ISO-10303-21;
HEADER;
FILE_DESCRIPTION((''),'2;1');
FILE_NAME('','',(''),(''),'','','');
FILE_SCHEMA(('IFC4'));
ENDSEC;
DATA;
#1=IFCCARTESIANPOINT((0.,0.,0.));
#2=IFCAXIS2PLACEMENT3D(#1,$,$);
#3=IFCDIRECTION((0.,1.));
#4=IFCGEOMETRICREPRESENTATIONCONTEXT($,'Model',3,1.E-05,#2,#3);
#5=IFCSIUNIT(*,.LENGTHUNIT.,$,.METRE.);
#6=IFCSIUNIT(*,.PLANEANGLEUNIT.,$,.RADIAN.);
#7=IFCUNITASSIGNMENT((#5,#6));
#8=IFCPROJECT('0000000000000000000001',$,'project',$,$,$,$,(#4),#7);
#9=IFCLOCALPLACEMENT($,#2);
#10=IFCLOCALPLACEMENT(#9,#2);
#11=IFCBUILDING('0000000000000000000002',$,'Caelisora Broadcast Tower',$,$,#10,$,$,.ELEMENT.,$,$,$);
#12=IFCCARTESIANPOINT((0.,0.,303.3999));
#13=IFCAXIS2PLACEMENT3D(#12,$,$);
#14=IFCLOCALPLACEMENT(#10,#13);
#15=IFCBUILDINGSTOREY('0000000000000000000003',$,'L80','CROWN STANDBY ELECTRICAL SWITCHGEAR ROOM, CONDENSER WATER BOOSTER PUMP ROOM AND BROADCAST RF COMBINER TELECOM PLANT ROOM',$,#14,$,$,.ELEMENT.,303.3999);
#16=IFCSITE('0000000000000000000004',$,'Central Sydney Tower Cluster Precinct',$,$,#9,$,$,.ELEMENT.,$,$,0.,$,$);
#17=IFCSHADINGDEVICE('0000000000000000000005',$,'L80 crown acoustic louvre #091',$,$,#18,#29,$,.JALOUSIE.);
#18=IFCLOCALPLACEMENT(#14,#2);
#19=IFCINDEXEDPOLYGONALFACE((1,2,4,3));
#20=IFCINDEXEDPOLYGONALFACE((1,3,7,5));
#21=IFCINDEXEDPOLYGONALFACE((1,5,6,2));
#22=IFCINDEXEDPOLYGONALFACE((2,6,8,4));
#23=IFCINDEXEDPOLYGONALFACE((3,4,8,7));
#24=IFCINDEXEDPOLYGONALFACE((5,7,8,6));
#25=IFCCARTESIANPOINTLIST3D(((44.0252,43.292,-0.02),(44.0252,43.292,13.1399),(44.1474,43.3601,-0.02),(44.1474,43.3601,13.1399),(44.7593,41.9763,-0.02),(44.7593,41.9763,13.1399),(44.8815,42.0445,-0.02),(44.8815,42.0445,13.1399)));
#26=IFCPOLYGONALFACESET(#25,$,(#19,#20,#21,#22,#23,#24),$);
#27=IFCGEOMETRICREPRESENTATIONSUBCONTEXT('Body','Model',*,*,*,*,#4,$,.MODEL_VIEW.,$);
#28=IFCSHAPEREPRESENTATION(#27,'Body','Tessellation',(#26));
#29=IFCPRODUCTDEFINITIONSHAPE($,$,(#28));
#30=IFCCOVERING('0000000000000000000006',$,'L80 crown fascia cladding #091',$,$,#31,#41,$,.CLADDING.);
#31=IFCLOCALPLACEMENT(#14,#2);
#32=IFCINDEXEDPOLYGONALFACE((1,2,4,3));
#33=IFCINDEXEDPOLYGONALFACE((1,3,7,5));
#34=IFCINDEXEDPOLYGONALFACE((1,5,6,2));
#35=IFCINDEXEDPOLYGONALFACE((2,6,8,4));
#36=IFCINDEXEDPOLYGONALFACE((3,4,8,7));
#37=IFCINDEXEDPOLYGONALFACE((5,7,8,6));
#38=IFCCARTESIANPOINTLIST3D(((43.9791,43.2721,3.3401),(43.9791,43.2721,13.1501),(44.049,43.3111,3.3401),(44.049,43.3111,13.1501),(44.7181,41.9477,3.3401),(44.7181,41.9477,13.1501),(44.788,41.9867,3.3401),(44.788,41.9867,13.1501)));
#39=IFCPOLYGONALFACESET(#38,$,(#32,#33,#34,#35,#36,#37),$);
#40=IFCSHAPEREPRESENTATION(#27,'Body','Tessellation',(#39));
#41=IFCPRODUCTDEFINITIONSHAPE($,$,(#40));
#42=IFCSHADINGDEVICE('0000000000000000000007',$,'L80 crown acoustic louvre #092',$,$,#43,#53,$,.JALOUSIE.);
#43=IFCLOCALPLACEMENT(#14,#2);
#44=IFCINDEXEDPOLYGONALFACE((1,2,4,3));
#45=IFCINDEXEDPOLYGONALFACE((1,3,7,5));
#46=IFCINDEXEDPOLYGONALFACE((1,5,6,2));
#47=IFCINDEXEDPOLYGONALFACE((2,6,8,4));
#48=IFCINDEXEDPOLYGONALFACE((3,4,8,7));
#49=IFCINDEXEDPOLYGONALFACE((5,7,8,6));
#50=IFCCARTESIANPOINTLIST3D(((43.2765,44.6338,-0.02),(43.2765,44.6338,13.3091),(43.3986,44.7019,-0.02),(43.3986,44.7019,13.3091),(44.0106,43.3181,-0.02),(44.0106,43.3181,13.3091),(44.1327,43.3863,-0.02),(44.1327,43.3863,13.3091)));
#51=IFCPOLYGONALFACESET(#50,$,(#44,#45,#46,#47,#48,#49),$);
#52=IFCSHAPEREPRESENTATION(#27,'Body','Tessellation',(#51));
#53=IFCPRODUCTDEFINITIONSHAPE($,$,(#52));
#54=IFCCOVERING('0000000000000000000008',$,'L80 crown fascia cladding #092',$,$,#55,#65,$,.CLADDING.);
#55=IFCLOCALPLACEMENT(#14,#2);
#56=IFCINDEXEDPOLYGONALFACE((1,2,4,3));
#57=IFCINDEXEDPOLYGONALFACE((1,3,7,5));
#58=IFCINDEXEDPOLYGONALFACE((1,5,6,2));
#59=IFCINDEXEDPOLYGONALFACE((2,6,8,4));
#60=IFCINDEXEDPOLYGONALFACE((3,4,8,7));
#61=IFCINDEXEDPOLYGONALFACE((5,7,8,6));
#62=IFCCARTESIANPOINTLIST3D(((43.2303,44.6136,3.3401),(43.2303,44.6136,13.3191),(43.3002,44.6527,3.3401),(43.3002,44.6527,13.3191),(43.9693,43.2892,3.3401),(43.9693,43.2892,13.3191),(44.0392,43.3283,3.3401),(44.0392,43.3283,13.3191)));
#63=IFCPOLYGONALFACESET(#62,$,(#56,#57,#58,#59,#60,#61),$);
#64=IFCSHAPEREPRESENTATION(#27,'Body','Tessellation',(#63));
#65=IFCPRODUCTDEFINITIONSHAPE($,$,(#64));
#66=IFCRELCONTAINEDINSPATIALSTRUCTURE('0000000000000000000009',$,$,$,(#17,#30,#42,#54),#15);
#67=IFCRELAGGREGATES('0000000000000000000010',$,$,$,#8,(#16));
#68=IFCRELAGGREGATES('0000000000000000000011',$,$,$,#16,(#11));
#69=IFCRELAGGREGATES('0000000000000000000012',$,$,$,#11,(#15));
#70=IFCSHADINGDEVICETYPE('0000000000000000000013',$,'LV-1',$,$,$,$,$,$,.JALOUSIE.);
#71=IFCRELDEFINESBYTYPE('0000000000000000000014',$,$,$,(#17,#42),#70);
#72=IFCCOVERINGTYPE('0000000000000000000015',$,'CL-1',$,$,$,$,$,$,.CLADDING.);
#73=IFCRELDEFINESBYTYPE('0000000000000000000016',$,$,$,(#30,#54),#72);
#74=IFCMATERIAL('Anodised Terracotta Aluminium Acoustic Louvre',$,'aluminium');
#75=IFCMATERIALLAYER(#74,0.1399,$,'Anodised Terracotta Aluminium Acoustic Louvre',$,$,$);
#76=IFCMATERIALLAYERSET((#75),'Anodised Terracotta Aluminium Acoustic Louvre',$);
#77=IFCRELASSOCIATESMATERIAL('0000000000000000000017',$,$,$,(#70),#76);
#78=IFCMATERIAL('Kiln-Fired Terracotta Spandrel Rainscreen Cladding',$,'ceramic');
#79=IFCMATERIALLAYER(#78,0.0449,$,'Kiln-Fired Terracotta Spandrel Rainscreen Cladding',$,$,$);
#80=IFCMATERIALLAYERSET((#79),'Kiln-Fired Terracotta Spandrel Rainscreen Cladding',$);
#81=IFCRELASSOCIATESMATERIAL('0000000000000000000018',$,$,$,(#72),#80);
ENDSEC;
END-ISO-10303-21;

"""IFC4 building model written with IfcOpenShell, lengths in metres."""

from ifc_helpers import new_model, si_unit, direction, frame, origin, origin_2d, place, context, subcontext, project, spatial, rectangle, extrude, source, transform, mapped, material, layer, layer_set, type_object, element, save


model = new_model("IFC4")

# Units and contexts
model_context = context("Model", 3, precision=1e-05, world=origin(), true_north=direction((0.0, 1.0)))
body_context = subcontext(model_context, "Body", "Model", "MODEL_VIEW")
ifc_project = project(units=[si_unit("LENGTHUNIT", "METRE"), si_unit("PLANEANGLEUNIT", "RADIAN")], contexts=[model_context])

# Site, building, storey
site_placement = place(None, origin())
site = spatial("IfcSite", under=ifc_project, at=site_placement, Name="Central Sydney Tower Cluster Precinct", CompositionType="ELEMENT", RefElevation=0.0)
building_placement = place(site_placement, origin())
building = spatial("IfcBuilding", under=site, at=building_placement, Name="Caelisora Broadcast Tower", CompositionType="ELEMENT")
storey_placement = place(building_placement, frame((0.0, 0.0, 303.3999)))
storey = spatial("IfcBuildingStorey", under=building, at=storey_placement, Name="L80", Description="CROWN STANDBY ELECTRICAL SWITCHGEAR ROOM, CONDENSER WATER BOOSTER PUMP ROOM AND BROADCAST RF COMBINER TELECOM PLANT ROOM", CompositionType="ELEMENT", Elevation=303.3999)

# Shared definitions
ifc_material_1 = material(Name="Anodised Terracotta Aluminium Acoustic Louvre", Category="aluminium")
ifc_layer_1 = layer(ifc_material_1, 0.1399, Name="Anodised Terracotta Aluminium Acoustic Louvre")
ifc_layer_set_1 = layer_set([ifc_layer_1], Name="Anodised Terracotta Aluminium Acoustic Louvre")
shading_device_type = type_object("IfcShadingDeviceType", Name="LV-1", PredefinedType="JALOUSIE", material=ifc_layer_set_1)

# Shared definitions
ifc_material_2 = material(Name="Kiln-Fired Terracotta Spandrel Rainscreen Cladding", Category="ceramic")
ifc_layer_2 = layer(ifc_material_2, 0.0449, Name="Kiln-Fired Terracotta Spandrel Rainscreen Cladding")
ifc_layer_set_2 = layer_set([ifc_layer_2], Name="Kiln-Fired Terracotta Spandrel Rainscreen Cladding")
covering_type = type_object("IfcCoveringType", Name="CL-1", PredefinedType="CLADDING", material=ifc_layer_set_2)

# Shading device
shared_shape_1 = source(origin(), body_context, "Body", "SweptSolid", [
    extrude(rectangle(XDim=1.5066, YDim=0.1399, at=origin_2d()), origin(), (0.0, 0.0, 1.0), 13.1599),
])
shading_device_1_placement = place(storey_placement, frame((44.4534, 42.6682, -0.02), z_axis=(0.0, 0.0, 1.0), x_axis=(-0.48725, 0.873262, 0.0)))
element("IfcShadingDevice", 1, at=shading_device_1_placement, inside=storey, type_object=shading_device_type, Name="L80 crown acoustic louvre #091", PredefinedType="JALOUSIE", context=body_context, shape_type="MappedRepresentation", body=[
    mapped(shared_shape_1, transform((0.0, 0.0, 0.0), scale=1.0)),
])

# Covering
shared_shape_2 = source(origin(), body_context, "Body", "SweptSolid", [
    extrude(rectangle(XDim=1.5166, YDim=0.0801, at=origin_2d()), origin(), (0.0, 0.0, 1.0), 9.8101),
])
covering_1_placement = place(storey_placement, frame((44.3835, 42.6294, 3.3401), z_axis=(0.0, 0.0, 1.0), x_axis=(-0.48725, 0.873262, 0.0)))
element("IfcCovering", 2, at=covering_1_placement, inside=storey, type_object=covering_type, Name="L80 crown fascia cladding #091", PredefinedType="CLADDING", context=body_context, shape_type="MappedRepresentation", body=[
    mapped(shared_shape_2, transform((0.0, 0.0, 0.0), scale=1.0)),
])

# Shading device
shared_shape_3 = source(origin(), body_context, "Body", "SweptSolid", [
    extrude(rectangle(XDim=1.5066, YDim=0.1399, at=origin_2d()), origin(), (0.0, 0.0, 1.0), 13.3291),
])
shading_device_2_placement = place(storey_placement, frame((43.7046, 44.01, -0.02), z_axis=(0.0, 0.0, 1.0), x_axis=(-0.48725, 0.873262, 0.0)))
element("IfcShadingDevice", 3, at=shading_device_2_placement, inside=storey, type_object=shading_device_type, Name="L80 crown acoustic louvre #092", PredefinedType="JALOUSIE", context=body_context, shape_type="MappedRepresentation", body=[
    mapped(shared_shape_3, transform((0.0, 0.0, 0.0), scale=1.0)),
])

# Covering
shared_shape_4 = source(origin(), body_context, "Body", "SweptSolid", [
    extrude(rectangle(XDim=1.5166, YDim=0.0801, at=origin_2d()), origin(), (0.0, 0.0, 1.0), 9.979),
])
covering_2_placement = place(storey_placement, frame((43.6348, 43.9709, 3.3401), z_axis=(0.0, 0.0, 1.0), x_axis=(-0.48725, 0.873262, 0.0)))
element("IfcCovering", 4, at=covering_2_placement, inside=storey, type_object=covering_type, Name="L80 crown fascia cladding #092", PredefinedType="CLADDING", context=body_context, shape_type="MappedRepresentation", body=[
    mapped(shared_shape_4, transform((0.0, 0.0, 0.0), scale=1.0)),
])

save(model, "model.ifc")
